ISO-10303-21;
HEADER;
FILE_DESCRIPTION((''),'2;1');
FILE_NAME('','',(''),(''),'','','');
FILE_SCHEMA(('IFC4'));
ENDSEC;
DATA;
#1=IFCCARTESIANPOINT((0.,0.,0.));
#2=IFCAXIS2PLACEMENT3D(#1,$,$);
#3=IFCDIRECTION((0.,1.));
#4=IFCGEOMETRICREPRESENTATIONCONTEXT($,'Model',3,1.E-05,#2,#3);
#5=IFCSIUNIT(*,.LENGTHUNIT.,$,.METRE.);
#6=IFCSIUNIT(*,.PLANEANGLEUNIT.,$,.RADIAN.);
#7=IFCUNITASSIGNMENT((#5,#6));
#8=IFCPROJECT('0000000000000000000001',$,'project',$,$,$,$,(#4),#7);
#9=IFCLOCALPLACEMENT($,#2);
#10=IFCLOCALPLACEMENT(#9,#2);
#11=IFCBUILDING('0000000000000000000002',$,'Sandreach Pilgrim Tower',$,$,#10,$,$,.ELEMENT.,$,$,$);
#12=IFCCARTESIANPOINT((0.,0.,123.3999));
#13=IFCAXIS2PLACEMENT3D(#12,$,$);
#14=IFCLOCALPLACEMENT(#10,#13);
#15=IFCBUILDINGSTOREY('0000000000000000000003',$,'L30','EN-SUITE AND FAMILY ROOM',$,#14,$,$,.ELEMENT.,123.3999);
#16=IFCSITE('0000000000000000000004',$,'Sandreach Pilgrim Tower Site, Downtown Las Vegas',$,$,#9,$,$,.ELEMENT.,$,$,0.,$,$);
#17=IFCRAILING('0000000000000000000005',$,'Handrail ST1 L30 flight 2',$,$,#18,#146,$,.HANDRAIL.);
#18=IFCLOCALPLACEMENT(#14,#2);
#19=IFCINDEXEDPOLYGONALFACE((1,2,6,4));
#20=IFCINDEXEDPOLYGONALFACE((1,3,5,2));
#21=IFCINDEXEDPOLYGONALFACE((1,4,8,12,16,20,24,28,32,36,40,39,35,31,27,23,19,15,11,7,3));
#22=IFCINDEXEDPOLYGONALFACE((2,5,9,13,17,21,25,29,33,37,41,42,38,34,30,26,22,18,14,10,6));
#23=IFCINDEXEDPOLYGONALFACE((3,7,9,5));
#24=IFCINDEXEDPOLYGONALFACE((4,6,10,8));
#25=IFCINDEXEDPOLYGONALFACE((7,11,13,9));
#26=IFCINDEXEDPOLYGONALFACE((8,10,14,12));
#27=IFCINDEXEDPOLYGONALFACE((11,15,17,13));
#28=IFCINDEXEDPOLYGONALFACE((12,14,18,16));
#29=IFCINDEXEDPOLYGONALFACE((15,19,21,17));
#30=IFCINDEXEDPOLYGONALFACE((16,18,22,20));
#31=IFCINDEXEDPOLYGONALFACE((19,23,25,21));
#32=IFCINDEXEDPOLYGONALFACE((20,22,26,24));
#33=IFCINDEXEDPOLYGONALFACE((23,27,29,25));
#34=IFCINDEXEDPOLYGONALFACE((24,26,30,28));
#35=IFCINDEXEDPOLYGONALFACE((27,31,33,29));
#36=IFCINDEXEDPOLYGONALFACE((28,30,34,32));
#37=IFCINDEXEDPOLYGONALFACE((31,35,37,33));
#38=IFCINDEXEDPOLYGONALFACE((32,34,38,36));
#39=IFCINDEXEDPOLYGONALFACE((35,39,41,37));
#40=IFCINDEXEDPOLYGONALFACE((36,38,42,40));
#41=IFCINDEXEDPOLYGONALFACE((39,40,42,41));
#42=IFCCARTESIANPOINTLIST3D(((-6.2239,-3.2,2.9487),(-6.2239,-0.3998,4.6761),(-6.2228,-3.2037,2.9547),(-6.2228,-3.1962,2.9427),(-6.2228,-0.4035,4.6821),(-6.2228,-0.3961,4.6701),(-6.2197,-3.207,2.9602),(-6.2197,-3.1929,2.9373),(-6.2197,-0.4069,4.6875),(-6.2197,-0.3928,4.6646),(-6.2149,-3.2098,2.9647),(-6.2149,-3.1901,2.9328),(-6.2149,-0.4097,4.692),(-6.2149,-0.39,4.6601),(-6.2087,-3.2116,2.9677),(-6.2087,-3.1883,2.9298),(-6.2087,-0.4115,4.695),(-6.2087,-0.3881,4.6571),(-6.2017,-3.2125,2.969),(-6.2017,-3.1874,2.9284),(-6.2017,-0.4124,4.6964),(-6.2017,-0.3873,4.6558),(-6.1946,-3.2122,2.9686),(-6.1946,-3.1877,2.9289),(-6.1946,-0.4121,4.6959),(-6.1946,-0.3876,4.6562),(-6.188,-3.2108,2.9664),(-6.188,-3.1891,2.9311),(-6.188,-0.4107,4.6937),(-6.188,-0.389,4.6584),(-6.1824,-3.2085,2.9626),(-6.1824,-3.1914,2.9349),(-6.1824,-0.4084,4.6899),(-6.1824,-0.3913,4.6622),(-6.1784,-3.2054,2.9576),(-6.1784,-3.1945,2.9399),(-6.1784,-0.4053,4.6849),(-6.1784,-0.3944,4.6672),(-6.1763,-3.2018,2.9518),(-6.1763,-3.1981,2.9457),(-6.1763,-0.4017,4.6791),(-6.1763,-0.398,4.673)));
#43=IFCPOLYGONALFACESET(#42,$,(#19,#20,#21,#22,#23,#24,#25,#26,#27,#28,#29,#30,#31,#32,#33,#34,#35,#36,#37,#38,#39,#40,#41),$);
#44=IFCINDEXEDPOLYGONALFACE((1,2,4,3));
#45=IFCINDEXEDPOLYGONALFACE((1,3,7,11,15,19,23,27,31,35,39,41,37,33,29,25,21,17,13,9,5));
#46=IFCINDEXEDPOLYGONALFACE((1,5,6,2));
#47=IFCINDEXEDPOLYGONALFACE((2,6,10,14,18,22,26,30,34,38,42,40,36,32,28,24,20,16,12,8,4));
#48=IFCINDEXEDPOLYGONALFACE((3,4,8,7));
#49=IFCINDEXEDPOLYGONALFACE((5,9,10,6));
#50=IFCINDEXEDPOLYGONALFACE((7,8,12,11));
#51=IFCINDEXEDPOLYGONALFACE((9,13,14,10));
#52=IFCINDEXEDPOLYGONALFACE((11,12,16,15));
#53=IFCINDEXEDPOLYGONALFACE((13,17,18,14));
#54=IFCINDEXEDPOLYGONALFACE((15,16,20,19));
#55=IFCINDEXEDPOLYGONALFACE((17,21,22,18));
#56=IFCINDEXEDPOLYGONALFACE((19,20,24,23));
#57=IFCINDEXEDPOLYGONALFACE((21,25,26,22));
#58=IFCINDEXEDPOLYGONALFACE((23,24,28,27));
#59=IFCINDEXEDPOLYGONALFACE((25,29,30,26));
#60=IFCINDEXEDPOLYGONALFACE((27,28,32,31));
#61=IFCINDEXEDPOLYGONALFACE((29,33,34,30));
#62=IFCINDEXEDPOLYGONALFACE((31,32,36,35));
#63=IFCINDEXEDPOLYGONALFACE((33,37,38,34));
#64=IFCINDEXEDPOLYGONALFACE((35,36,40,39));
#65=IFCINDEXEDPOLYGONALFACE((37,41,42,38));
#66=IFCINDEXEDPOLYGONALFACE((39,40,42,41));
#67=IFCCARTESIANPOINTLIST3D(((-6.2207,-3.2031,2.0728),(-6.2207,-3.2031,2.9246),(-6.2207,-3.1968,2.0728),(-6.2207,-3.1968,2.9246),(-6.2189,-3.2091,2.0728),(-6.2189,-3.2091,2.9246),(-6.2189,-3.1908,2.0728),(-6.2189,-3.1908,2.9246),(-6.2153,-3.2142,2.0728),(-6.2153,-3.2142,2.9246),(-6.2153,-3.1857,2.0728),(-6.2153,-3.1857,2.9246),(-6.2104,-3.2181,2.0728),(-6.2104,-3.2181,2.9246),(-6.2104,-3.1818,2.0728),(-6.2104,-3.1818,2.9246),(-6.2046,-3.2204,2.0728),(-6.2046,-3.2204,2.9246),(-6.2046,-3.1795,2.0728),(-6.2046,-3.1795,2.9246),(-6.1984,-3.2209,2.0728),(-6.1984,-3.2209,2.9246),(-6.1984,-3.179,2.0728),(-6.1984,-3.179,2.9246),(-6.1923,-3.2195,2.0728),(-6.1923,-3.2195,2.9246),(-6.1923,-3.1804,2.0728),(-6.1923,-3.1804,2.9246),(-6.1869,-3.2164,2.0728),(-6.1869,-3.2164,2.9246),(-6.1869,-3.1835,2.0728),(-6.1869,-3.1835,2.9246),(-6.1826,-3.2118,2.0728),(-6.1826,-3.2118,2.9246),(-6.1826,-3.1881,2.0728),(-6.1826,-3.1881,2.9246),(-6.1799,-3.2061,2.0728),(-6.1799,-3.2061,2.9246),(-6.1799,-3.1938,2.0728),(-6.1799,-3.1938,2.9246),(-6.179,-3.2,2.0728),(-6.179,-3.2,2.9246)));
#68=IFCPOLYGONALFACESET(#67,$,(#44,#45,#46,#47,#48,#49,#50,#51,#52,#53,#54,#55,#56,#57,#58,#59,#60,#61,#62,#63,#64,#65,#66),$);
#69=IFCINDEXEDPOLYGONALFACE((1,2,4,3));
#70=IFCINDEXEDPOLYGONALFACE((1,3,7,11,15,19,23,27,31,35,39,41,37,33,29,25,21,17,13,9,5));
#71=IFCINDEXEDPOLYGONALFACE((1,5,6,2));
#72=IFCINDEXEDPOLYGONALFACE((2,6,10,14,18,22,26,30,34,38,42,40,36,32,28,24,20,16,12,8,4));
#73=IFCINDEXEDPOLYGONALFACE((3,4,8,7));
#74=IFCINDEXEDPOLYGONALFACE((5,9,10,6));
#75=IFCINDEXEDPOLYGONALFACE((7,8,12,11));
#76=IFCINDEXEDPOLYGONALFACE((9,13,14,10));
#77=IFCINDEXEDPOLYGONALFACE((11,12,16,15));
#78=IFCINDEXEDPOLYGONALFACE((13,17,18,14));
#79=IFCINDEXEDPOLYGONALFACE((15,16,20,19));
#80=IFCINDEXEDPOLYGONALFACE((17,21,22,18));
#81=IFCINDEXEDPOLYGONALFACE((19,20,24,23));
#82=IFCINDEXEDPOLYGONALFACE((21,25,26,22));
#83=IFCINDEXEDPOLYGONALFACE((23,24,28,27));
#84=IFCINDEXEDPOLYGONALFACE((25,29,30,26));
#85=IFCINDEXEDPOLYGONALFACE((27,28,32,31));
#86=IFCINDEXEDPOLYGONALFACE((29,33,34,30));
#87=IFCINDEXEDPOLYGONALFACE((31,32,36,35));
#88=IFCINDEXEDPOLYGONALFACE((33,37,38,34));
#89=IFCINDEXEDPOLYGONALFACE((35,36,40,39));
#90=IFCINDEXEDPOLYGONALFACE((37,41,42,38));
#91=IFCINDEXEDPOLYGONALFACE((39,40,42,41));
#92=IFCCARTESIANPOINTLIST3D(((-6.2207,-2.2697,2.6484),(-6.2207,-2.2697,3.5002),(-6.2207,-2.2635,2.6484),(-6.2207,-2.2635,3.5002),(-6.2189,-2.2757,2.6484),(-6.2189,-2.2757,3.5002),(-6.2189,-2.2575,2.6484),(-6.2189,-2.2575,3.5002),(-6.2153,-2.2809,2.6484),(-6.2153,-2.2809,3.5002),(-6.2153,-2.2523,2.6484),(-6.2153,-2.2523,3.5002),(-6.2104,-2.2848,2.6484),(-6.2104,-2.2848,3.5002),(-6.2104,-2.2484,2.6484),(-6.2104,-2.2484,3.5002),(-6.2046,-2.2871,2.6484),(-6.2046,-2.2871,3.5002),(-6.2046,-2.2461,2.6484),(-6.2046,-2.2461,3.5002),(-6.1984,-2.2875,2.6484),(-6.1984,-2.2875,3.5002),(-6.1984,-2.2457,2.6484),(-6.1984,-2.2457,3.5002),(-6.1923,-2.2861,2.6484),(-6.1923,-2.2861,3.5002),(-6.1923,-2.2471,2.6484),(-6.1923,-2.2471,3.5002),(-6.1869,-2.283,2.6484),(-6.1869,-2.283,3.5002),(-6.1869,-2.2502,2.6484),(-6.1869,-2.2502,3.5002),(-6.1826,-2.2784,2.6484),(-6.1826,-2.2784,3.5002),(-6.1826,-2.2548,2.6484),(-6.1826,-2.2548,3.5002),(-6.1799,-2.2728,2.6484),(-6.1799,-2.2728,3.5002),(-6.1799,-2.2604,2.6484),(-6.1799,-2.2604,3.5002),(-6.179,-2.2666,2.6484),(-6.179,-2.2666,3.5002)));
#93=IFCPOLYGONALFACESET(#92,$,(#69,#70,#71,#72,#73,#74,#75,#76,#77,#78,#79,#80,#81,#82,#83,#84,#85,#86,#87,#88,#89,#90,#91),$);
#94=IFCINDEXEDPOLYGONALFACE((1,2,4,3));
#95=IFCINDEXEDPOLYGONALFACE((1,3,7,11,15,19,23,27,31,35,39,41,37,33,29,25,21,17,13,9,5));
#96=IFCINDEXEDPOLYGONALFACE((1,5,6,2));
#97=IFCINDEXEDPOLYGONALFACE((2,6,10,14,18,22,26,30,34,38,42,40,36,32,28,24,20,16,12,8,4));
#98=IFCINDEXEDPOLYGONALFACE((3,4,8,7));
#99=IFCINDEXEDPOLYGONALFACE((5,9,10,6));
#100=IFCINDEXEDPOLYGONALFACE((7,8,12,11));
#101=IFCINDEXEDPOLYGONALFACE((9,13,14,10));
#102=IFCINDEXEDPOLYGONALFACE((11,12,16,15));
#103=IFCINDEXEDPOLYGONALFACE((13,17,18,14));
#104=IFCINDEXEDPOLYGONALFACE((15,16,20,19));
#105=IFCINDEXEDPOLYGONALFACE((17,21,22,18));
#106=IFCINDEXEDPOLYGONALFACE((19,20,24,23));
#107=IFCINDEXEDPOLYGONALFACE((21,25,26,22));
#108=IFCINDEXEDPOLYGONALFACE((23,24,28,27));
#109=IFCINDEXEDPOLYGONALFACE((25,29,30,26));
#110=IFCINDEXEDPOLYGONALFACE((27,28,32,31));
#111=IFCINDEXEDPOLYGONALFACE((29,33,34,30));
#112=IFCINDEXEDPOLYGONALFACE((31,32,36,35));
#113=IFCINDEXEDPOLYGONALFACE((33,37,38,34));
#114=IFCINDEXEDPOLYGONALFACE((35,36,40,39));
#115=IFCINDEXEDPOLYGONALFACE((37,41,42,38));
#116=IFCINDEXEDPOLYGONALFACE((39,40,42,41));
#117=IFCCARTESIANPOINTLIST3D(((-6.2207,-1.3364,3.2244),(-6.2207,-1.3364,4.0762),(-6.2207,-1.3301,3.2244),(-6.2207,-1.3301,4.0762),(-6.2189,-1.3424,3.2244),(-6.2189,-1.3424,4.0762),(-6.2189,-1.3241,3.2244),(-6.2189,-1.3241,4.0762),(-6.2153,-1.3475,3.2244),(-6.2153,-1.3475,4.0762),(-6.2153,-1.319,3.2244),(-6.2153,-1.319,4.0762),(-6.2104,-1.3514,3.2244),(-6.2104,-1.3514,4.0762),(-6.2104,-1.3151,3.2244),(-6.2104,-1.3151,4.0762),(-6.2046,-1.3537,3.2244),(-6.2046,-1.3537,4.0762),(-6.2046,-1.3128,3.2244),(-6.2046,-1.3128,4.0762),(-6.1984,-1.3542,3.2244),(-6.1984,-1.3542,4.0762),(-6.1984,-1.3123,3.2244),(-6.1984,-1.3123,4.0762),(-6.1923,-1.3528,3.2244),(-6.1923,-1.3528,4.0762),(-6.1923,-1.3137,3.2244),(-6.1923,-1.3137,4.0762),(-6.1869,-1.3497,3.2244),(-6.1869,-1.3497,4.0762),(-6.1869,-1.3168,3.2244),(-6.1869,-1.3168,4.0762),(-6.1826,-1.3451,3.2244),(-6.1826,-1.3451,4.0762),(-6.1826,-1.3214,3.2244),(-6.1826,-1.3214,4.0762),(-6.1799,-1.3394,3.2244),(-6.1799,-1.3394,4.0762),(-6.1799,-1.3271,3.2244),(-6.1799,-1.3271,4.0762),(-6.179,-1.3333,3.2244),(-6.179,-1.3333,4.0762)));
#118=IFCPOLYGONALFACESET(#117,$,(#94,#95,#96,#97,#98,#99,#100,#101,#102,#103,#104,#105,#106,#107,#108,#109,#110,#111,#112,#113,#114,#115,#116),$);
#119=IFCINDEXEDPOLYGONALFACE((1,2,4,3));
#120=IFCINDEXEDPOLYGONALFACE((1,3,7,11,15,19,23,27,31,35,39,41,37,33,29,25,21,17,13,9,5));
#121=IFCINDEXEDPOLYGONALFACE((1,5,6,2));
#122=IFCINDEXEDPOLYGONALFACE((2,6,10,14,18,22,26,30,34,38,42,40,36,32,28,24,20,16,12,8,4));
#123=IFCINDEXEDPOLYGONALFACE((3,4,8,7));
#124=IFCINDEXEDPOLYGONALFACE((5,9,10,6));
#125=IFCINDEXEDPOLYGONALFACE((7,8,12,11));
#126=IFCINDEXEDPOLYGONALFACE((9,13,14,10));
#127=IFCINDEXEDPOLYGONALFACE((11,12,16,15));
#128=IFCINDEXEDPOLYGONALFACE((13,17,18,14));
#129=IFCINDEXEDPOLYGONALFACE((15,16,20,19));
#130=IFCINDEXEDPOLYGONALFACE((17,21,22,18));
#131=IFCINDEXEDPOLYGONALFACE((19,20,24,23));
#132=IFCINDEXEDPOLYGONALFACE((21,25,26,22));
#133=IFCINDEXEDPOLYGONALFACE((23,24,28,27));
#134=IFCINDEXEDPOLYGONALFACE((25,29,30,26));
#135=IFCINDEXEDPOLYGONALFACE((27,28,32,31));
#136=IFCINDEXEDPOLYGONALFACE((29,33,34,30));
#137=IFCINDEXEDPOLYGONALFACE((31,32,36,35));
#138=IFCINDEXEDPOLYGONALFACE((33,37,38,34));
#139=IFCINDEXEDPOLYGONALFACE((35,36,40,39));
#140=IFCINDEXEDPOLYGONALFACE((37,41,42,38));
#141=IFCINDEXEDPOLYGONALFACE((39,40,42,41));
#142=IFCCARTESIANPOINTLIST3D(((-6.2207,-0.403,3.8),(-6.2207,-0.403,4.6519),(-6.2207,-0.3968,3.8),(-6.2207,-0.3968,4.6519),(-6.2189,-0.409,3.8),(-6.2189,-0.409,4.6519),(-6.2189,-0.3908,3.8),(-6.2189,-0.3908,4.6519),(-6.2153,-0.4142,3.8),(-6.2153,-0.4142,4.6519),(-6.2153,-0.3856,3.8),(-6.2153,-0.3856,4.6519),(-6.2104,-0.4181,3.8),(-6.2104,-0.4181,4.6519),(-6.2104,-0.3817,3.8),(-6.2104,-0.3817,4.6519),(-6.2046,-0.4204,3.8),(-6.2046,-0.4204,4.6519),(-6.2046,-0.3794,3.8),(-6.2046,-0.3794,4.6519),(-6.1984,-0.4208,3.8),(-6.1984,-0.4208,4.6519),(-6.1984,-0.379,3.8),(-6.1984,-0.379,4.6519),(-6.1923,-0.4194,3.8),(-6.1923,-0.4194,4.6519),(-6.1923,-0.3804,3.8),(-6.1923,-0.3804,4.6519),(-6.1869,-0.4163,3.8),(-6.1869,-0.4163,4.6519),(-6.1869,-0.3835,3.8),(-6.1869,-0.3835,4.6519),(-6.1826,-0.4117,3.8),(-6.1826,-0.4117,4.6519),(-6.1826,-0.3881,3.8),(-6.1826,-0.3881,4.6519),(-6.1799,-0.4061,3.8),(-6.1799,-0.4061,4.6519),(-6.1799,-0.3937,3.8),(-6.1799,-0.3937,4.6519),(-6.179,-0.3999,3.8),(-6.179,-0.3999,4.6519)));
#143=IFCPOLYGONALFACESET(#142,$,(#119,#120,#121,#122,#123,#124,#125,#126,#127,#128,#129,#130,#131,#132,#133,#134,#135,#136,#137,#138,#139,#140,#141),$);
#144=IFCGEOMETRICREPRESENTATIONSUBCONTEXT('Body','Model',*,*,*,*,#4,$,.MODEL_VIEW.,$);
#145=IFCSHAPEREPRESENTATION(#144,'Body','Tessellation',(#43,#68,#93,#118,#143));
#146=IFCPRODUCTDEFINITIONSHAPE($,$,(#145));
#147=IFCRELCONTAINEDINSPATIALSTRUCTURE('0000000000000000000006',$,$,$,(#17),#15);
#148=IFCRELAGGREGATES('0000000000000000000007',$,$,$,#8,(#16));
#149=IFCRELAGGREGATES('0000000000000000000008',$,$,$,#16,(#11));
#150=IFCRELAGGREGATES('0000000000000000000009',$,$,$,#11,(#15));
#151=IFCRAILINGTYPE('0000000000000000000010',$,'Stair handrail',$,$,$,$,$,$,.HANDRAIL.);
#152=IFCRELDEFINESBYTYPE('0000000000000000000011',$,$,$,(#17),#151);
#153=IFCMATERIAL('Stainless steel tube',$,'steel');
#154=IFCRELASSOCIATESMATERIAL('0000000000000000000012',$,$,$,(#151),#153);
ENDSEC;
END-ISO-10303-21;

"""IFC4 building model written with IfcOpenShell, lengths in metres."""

from ifc_helpers import new_model, si_unit, direction, frame, origin, origin_2d, place, context, subcontext, project, spatial, circle, extrude, material, type_object, element, save


model = new_model("IFC4")

# Units and contexts
model_context = context("Model", 3, precision=1e-05, world=origin(), true_north=direction((0.0, 1.0)))
body_context = subcontext(model_context, "Body", "Model", "MODEL_VIEW")
ifc_project = project(units=[si_unit("LENGTHUNIT", "METRE"), si_unit("PLANEANGLEUNIT", "RADIAN")], contexts=[model_context])

# Site, building, storey
site_placement = place(None, origin())
site = spatial("IfcSite", under=ifc_project, at=site_placement, Name="Sandreach Pilgrim Tower Site, Downtown Las Vegas", CompositionType="ELEMENT", RefElevation=0.0)
building_placement = place(site_placement, origin())
building = spatial("IfcBuilding", under=site, at=building_placement, Name="Sandreach Pilgrim Tower", CompositionType="ELEMENT")
storey_placement = place(building_placement, frame((0.0, 0.0, 123.3999)))
storey = spatial("IfcBuildingStorey", under=building, at=storey_placement, Name="L30", Description="EN-SUITE AND FAMILY ROOM", CompositionType="ELEMENT", Elevation=123.3999)

# Railing
ifc_material_1 = material(Name="Stainless steel tube", Category="steel")
railing_type = type_object("IfcRailingType", Name="Stair handrail", PredefinedType="HANDRAIL", material=ifc_material_1)
for number, where, name in (
    (1, (-6.2, -3.2, 2.0728), "Handrail ST1 L30 flight 2"),
):
    element("IfcRailing", number, at=place(storey_placement, frame(where)), inside=storey, type_object=railing_type, Name=name, PredefinedType="HANDRAIL", context=body_context, shape_type="SweptSolid", body=[
        extrude(circle(Radius=0.0239, at=origin_2d()), frame((0.0, 0.0, 0.876), z_axis=(0.0, 0.85109, 0.52502), x_axis=(-1.0, 0.0, 0.0)), (0.0, 0.0, 1.0), 3.29),
        extrude(circle(Radius=0.021, at=origin_2d()), origin(), (0.0, 0.0, 1.0), 0.8518),
        extrude(circle(Radius=0.021, at=origin_2d()), frame((0.0, 0.9333, 0.5757)), (0.0, 0.0, 1.0), 0.8518),
        extrude(circle(Radius=0.021, at=origin_2d()), frame((0.0, 1.8667, 1.1516)), (0.0, 0.0, 1.0), 0.8518),
        extrude(circle(Radius=0.021, at=origin_2d()), frame((0.0, 2.8, 1.7273)), (0.0, 0.0, 1.0), 0.8518),
    ])

save(model, "model.ifc")
